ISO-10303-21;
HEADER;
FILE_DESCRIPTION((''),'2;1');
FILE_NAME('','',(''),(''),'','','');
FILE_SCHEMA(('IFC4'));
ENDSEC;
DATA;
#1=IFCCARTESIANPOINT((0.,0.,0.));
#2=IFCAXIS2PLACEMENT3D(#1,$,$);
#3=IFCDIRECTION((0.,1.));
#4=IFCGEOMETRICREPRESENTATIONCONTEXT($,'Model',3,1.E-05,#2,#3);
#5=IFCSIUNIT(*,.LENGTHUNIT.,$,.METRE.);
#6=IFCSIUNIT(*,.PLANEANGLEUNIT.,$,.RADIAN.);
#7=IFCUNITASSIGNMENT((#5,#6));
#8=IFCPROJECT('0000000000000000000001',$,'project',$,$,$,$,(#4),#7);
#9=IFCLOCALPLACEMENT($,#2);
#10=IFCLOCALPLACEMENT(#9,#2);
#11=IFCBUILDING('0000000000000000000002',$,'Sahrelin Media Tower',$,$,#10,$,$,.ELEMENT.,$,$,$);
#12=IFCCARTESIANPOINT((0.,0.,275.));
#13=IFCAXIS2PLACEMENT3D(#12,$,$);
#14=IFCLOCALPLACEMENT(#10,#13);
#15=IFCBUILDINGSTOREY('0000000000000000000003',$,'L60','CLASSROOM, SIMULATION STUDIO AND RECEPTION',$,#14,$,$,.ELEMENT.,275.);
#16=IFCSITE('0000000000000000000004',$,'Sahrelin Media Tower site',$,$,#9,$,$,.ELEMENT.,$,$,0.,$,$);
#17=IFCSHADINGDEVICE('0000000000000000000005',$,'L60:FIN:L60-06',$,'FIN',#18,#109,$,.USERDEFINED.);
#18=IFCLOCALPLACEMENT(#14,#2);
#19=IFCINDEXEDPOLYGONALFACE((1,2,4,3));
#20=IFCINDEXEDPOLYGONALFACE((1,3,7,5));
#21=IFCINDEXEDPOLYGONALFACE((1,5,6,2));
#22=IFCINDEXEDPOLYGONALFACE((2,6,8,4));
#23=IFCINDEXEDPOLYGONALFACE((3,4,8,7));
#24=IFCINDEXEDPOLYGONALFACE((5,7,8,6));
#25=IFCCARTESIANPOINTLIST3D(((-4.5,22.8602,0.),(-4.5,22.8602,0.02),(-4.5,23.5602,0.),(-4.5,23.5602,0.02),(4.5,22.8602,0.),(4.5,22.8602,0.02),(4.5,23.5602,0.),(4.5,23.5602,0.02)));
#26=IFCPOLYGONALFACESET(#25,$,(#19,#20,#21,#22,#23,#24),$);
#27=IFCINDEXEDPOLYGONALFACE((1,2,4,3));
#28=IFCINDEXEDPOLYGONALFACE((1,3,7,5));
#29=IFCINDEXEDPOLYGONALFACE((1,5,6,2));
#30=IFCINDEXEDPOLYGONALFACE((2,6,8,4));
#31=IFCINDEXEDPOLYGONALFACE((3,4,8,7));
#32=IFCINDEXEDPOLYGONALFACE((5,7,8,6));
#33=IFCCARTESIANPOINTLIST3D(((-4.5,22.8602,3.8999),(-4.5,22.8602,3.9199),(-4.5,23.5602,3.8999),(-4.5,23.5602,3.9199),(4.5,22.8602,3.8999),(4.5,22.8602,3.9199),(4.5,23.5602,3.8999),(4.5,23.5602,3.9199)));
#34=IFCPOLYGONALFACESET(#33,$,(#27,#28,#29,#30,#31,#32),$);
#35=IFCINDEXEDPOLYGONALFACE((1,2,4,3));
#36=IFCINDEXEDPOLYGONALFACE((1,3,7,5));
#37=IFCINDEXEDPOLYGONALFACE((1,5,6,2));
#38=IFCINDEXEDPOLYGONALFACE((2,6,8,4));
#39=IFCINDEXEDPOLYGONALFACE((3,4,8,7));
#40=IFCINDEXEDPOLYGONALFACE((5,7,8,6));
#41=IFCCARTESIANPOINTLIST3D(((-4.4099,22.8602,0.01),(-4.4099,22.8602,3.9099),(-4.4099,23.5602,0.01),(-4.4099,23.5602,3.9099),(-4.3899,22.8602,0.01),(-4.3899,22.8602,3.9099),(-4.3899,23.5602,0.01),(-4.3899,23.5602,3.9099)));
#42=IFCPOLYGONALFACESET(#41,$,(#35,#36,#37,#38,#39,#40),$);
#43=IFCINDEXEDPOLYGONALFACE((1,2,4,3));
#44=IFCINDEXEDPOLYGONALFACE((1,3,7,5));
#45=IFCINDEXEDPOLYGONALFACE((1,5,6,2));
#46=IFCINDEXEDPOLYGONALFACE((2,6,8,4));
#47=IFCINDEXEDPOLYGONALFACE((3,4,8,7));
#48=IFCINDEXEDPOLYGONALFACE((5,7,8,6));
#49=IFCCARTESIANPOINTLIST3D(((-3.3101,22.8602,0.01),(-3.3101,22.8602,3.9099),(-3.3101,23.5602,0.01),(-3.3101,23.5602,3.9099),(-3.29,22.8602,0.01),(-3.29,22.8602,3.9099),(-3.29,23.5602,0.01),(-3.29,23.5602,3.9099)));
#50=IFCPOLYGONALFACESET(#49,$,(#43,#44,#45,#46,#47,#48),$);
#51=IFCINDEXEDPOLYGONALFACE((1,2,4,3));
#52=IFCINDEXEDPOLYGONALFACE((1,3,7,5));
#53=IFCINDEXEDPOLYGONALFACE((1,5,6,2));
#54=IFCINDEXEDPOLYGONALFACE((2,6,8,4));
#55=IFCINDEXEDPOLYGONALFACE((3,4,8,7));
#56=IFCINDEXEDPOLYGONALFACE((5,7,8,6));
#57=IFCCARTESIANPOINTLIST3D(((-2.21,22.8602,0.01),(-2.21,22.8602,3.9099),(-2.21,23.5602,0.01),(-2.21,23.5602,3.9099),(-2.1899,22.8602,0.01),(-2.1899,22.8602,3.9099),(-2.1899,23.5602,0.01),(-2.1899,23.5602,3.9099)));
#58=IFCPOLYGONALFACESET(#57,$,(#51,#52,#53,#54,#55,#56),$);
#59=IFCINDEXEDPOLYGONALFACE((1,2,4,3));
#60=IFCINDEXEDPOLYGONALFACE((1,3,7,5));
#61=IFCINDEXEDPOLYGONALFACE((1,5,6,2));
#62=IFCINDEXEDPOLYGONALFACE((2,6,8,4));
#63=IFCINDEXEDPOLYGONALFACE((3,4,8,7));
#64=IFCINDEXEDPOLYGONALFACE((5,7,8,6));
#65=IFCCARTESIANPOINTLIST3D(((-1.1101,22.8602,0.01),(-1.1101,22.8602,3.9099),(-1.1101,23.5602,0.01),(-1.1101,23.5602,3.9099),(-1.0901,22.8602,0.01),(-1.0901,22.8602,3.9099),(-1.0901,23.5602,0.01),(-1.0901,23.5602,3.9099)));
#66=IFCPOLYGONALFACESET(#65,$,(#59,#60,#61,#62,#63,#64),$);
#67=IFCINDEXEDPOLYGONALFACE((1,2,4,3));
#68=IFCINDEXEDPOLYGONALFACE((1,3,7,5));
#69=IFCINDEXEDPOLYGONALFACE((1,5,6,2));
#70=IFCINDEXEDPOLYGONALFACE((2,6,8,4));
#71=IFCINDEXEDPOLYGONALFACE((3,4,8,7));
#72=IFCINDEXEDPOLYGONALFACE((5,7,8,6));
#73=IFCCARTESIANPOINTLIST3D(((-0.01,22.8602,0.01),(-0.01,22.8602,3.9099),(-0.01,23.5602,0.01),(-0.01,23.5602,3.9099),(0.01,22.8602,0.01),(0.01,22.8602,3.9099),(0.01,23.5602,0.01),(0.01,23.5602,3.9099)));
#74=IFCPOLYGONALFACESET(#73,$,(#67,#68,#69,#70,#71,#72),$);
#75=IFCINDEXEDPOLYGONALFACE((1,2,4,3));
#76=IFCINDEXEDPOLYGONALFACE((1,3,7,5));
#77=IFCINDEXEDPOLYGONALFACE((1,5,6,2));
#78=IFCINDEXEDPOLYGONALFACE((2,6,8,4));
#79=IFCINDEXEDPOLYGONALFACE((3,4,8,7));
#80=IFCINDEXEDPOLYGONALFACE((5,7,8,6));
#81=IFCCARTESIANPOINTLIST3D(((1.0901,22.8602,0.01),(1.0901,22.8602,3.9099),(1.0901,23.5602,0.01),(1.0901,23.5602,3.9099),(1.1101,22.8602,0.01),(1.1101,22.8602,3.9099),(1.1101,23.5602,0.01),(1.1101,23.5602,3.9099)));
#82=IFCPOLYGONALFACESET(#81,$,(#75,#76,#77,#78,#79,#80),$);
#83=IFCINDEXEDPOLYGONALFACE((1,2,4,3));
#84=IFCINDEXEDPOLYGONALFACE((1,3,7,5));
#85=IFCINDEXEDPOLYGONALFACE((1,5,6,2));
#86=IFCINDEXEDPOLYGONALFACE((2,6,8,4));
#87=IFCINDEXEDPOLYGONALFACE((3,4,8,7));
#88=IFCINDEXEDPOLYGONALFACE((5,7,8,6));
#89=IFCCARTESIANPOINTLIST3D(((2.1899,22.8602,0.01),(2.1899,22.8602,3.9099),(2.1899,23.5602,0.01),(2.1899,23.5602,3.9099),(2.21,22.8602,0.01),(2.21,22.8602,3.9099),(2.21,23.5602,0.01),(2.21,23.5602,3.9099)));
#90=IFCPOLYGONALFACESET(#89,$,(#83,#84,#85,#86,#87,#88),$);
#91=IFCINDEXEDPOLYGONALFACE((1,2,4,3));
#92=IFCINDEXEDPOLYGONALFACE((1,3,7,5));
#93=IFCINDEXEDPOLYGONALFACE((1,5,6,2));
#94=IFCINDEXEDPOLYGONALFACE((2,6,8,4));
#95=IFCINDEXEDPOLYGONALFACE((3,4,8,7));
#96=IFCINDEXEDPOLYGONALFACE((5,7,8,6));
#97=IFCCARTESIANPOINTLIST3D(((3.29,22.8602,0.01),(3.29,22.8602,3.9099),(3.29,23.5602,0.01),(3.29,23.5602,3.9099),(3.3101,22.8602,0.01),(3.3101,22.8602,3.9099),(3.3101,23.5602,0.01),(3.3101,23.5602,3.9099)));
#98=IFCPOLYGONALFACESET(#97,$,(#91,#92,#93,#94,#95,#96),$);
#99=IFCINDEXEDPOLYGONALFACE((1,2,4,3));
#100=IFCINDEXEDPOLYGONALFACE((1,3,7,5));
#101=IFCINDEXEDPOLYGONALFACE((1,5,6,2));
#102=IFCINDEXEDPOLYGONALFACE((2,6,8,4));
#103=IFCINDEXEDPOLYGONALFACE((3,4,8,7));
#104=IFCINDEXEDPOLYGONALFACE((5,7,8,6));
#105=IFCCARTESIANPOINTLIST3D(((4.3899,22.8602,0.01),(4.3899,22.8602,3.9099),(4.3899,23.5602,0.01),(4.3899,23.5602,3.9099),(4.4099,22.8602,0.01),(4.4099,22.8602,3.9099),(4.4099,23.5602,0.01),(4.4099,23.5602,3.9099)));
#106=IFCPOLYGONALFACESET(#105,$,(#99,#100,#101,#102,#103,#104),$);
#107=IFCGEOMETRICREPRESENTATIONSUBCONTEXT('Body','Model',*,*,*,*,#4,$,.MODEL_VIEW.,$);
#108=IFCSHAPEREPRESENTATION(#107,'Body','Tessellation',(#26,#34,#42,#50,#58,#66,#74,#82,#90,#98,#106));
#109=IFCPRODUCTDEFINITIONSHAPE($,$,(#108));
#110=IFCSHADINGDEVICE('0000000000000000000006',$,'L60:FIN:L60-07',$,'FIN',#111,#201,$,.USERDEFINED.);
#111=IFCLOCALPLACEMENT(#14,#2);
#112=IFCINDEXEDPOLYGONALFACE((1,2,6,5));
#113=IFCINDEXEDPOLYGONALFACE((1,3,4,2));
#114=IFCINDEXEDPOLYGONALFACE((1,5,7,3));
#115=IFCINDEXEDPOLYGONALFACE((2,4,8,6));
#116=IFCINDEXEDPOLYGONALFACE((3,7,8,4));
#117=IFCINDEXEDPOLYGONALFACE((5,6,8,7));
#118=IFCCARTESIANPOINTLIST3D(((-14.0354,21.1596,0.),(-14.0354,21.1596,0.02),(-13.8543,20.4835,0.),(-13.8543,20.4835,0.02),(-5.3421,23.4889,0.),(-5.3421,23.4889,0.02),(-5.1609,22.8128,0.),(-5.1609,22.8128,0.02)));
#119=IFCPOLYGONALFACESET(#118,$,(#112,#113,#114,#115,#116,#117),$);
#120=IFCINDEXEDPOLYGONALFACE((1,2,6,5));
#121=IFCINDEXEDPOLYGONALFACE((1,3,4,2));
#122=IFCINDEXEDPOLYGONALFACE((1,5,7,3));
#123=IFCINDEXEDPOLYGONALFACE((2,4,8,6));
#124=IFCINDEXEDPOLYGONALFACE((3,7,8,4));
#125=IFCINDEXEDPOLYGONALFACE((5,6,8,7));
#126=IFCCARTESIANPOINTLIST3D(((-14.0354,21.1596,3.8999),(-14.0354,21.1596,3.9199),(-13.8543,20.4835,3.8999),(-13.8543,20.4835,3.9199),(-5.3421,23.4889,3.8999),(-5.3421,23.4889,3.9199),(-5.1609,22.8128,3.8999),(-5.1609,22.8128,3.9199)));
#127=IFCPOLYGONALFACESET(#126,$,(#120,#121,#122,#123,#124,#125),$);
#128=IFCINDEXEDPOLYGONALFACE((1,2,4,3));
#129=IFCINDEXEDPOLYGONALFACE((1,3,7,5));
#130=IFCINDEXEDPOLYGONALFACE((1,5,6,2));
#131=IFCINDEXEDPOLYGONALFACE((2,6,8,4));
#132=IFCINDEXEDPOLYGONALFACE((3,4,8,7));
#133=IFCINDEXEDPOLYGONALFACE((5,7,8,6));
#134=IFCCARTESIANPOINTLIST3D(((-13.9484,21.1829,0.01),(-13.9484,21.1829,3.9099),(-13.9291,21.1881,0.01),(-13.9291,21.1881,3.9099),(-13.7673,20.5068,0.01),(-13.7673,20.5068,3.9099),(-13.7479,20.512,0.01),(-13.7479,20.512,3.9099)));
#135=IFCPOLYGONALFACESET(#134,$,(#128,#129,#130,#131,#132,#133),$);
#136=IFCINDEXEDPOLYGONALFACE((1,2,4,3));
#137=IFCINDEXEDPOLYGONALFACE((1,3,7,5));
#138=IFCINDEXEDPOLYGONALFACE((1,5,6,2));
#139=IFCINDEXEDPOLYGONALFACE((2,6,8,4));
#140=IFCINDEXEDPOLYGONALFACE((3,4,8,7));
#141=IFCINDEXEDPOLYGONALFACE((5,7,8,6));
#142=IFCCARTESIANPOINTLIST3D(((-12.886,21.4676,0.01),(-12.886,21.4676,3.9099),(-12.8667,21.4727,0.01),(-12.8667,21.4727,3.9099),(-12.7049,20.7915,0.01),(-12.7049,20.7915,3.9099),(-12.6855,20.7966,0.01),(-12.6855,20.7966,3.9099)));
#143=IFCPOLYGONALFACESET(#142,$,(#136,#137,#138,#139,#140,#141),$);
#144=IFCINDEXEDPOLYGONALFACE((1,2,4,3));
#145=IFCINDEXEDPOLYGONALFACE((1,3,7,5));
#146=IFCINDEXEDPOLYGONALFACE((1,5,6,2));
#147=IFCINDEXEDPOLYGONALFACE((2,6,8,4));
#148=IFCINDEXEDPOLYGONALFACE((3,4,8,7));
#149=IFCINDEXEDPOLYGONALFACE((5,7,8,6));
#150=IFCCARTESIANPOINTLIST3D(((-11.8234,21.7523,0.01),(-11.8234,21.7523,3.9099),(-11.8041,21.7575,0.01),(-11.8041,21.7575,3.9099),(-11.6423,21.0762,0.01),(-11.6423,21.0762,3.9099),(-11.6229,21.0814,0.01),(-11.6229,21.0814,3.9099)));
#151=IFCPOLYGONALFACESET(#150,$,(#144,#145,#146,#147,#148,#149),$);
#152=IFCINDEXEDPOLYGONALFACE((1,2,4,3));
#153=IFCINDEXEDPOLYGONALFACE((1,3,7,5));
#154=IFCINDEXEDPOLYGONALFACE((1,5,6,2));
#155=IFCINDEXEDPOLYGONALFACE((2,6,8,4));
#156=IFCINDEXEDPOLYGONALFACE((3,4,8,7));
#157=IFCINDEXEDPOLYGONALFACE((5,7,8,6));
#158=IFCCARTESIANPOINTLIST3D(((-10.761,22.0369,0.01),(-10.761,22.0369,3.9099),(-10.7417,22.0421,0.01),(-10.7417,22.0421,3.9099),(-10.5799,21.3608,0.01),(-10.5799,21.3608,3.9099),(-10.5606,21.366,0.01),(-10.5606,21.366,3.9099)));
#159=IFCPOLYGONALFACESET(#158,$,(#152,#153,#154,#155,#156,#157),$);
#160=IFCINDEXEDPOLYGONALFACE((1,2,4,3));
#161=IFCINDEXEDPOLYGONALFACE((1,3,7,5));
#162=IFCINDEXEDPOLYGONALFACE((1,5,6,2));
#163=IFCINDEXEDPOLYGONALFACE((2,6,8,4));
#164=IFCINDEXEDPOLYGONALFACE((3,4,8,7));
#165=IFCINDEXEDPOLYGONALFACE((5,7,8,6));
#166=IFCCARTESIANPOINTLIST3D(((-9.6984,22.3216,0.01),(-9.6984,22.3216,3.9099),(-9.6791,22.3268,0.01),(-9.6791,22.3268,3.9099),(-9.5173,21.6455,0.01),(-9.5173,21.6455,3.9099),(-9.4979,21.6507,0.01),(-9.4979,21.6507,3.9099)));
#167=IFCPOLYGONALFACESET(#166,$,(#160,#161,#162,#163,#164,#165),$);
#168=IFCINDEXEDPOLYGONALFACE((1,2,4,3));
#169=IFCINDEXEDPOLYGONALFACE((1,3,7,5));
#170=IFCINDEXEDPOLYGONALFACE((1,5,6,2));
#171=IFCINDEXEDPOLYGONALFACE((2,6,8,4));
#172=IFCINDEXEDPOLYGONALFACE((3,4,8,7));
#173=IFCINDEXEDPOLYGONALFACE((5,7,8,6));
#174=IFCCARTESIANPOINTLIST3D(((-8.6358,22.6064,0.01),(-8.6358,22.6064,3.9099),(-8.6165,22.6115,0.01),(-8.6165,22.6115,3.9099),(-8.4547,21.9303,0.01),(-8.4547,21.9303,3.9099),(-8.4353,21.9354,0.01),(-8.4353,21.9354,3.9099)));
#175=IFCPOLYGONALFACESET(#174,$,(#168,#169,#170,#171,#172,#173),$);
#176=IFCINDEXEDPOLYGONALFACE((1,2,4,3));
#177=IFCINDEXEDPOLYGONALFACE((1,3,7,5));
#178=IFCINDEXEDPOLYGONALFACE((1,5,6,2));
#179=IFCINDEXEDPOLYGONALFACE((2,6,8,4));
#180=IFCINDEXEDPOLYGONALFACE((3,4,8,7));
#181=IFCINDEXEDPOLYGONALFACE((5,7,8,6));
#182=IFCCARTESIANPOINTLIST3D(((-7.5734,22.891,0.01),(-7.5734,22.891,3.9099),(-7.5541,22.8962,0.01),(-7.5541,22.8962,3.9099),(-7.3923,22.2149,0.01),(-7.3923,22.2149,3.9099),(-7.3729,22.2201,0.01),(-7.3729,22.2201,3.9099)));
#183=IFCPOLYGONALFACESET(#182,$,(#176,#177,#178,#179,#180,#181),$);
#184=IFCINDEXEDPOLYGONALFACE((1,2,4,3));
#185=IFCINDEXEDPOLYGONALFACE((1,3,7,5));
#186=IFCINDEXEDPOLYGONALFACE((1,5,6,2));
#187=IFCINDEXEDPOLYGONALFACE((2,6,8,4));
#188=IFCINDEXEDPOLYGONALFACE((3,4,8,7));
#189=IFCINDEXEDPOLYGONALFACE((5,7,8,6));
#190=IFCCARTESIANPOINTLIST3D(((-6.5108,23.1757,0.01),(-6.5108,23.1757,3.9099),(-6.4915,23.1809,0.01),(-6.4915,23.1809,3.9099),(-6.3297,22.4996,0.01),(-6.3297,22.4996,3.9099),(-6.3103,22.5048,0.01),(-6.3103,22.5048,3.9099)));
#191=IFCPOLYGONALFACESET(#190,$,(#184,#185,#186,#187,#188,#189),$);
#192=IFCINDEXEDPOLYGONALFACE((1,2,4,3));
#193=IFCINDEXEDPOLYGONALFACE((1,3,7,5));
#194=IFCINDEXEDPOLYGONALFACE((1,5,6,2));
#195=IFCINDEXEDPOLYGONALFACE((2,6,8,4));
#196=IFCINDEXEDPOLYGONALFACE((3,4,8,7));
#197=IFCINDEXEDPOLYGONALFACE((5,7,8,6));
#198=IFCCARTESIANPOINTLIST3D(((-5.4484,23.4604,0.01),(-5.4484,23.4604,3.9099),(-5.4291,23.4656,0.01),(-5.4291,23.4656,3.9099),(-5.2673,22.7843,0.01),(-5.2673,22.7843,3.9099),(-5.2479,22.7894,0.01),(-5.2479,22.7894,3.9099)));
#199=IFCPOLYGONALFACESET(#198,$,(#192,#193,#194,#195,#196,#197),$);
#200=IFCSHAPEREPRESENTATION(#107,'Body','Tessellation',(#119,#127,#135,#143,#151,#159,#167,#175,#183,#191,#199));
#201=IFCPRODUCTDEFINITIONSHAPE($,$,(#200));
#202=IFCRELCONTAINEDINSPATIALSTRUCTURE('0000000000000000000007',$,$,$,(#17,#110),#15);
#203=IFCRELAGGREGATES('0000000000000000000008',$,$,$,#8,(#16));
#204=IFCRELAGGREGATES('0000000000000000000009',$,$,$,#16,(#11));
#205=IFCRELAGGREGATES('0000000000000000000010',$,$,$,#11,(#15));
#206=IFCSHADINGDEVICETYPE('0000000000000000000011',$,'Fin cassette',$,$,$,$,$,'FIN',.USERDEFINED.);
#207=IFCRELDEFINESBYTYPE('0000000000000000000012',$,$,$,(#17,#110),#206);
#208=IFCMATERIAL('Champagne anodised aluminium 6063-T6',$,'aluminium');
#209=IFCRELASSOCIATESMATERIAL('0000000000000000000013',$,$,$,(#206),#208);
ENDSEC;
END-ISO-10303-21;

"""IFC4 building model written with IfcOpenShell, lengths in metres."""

from ifc_helpers import new_model, si_unit, direction, frame, origin, origin_2d, place, context, subcontext, project, spatial, rectangle, extrude, material, type_object, element, save


model = new_model("IFC4")

# Units and contexts
model_context = context("Model", 3, precision=1e-05, world=origin(), true_north=direction((0.0, 1.0)))
body_context = subcontext(model_context, "Body", "Model", "MODEL_VIEW")
ifc_project = project(units=[si_unit("LENGTHUNIT", "METRE"), si_unit("PLANEANGLEUNIT", "RADIAN")], contexts=[model_context])

# Site, building, storey
site_placement = place(None, origin())
site = spatial("IfcSite", under=ifc_project, at=site_placement, Name="Sahrelin Media Tower site", CompositionType="ELEMENT", RefElevation=0.0)
building_placement = place(site_placement, origin())
building = spatial("IfcBuilding", under=site, at=building_placement, Name="Sahrelin Media Tower", CompositionType="ELEMENT")
storey_placement = place(building_placement, frame((0.0, 0.0, 275.0)))
storey = spatial("IfcBuildingStorey", under=building, at=storey_placement, Name="L60", Description="CLASSROOM, SIMULATION STUDIO AND RECEPTION", CompositionType="ELEMENT", Elevation=275.0)

# Shared definitions
ifc_material_1 = material(Name="Champagne anodised aluminium 6063-T6", Category="aluminium")
placement_1 = place(storey_placement, frame((0.0, 22.7903, 0.0), z_axis=(0.0, 0.0, 1.0), x_axis=(1.0, 0.0, 0.0)))

# Shading devices
shading_device_type_1 = type_object("IfcShadingDeviceType", Name="Fin cassette", ElementType="FIN", PredefinedType="USERDEFINED", material=ifc_material_1)
element("IfcShadingDevice", 1, at=placement_1, inside=storey, type_object=shading_device_type_1, Name="L60:FIN:L60-06", ObjectType="FIN", PredefinedType="USERDEFINED", context=body_context, shape_type="SweptSolid", body=[
    extrude(rectangle(XDim=9.0, YDim=0.7, at=origin_2d()), frame((0.0, 0.4199, 0.0)), (0.0, 0.0, 1.0), 0.02),
    extrude(rectangle(XDim=9.0, YDim=0.7, at=origin_2d()), frame((0.0, 0.4199, 3.8999)), (0.0, 0.0, 1.0), 0.02),
    extrude(rectangle(XDim=0.02, YDim=0.7, at=origin_2d()), frame((-4.3999, 0.4199, 0.01), z_axis=(0.0, 0.0, 1.0), x_axis=(1.0, 0.0, 0.0)), (0.0, 0.0, 1.0), 3.8999),
    extrude(rectangle(XDim=0.02, YDim=0.7, at=origin_2d()), frame((-3.3, 0.4199, 0.01), z_axis=(0.0, 0.0, 1.0), x_axis=(1.0, 0.0, 0.0)), (0.0, 0.0, 1.0), 3.8999),
    extrude(rectangle(XDim=0.02, YDim=0.7, at=origin_2d()), frame((-2.2, 0.4199, 0.01), z_axis=(0.0, 0.0, 1.0), x_axis=(1.0, 0.0, 0.0)), (0.0, 0.0, 1.0), 3.8999),
    extrude(rectangle(XDim=0.02, YDim=0.7, at=origin_2d()), frame((-1.1001, 0.4199, 0.01), z_axis=(0.0, 0.0, 1.0), x_axis=(1.0, 0.0, 0.0)), (0.0, 0.0, 1.0), 3.8999),
    extrude(rectangle(XDim=0.02, YDim=0.7, at=origin_2d()), frame((0.0, 0.4199, 0.01), z_axis=(0.0, 0.0, 1.0), x_axis=(1.0, 0.0, 0.0)), (0.0, 0.0, 1.0), 3.8999),
    extrude(rectangle(XDim=0.02, YDim=0.7, at=origin_2d()), frame((1.1001, 0.4199, 0.01), z_axis=(0.0, 0.0, 1.0), x_axis=(1.0, 0.0, 0.0)), (0.0, 0.0, 1.0), 3.8999),
    extrude(rectangle(XDim=0.02, YDim=0.7, at=origin_2d()), frame((2.2, 0.4199, 0.01), z_axis=(0.0, 0.0, 1.0), x_axis=(1.0, 0.0, 0.0)), (0.0, 0.0, 1.0), 3.8999),
    extrude(rectangle(XDim=0.02, YDim=0.7, at=origin_2d()), frame((3.3, 0.4199, 0.01), z_axis=(0.0, 0.0, 1.0), x_axis=(1.0, 0.0, 0.0)), (0.0, 0.0, 1.0), 3.8999),
    extrude(rectangle(XDim=0.02, YDim=0.7, at=origin_2d()), frame((4.3999, 0.4199, 0.01), z_axis=(0.0, 0.0, 1.0), x_axis=(1.0, 0.0, 0.0)), (0.0, 0.0, 1.0), 3.8999),
])
placement_2 = place(storey_placement, frame((-9.4895, 21.5806, 0.0), z_axis=(0.0, 0.0, 1.0), x_axis=(0.965929, 0.258808, 0.0)))
element("IfcShadingDevice", 2, at=placement_2, inside=storey, type_object=shading_device_type_1, Name="L60:FIN:L60-07", ObjectType="FIN", PredefinedType="USERDEFINED", context=body_context, shape_type="SweptSolid", body=[
    extrude(rectangle(XDim=9.0, YDim=0.7, at=origin_2d()), frame((0.0, 0.4199, 0.0)), (0.0, 0.0, 1.0), 0.02),
    extrude(rectangle(XDim=9.0, YDim=0.7, at=origin_2d()), frame((0.0, 0.4199, 3.8999)), (0.0, 0.0, 1.0), 0.02),
    extrude(rectangle(XDim=0.02, YDim=0.7, at=origin_2d()), frame((-4.3999, 0.4199, 0.01), z_axis=(0.0, 0.0, 1.0), x_axis=(1.0, 0.0, 0.0)), (0.0, 0.0, 1.0), 3.8999),
    extrude(rectangle(XDim=0.02, YDim=0.7, at=origin_2d()), frame((-3.3, 0.4199, 0.01), z_axis=(0.0, 0.0, 1.0), x_axis=(1.0, 0.0, 0.0)), (0.0, 0.0, 1.0), 3.8999),
    extrude(rectangle(XDim=0.02, YDim=0.7, at=origin_2d()), frame((-2.2, 0.4199, 0.01), z_axis=(0.0, 0.0, 1.0), x_axis=(1.0, 0.0, 0.0)), (0.0, 0.0, 1.0), 3.8999),
    extrude(rectangle(XDim=0.02, YDim=0.7, at=origin_2d()), frame((-1.1001, 0.4199, 0.01), z_axis=(0.0, 0.0, 1.0), x_axis=(1.0, 0.0, 0.0)), (0.0, 0.0, 1.0), 3.8999),
    extrude(rectangle(XDim=0.02, YDim=0.7, at=origin_2d()), frame((0.0, 0.4199, 0.01), z_axis=(0.0, 0.0, 1.0), x_axis=(1.0, 0.0, 0.0)), (0.0, 0.0, 1.0), 3.8999),
    extrude(rectangle(XDim=0.02, YDim=0.7, at=origin_2d()), frame((1.1001, 0.4199, 0.01), z_axis=(0.0, 0.0, 1.0), x_axis=(1.0, 0.0, 0.0)), (0.0, 0.0, 1.0), 3.8999),
    extrude(rectangle(XDim=0.02, YDim=0.7, at=origin_2d()), frame((2.2, 0.4199, 0.01), z_axis=(0.0, 0.0, 1.0), x_axis=(1.0, 0.0, 0.0)), (0.0, 0.0, 1.0), 3.8999),
    extrude(rectangle(XDim=0.02, YDim=0.7, at=origin_2d()), frame((3.3, 0.4199, 0.01), z_axis=(0.0, 0.0, 1.0), x_axis=(1.0, 0.0, 0.0)), (0.0, 0.0, 1.0), 3.8999),
    extrude(rectangle(XDim=0.02, YDim=0.7, at=origin_2d()), frame((4.3999, 0.4199, 0.01), z_axis=(0.0, 0.0, 1.0), x_axis=(1.0, 0.0, 0.0)), (0.0, 0.0, 1.0), 3.8999),
])

save(model, "model.ifc")
